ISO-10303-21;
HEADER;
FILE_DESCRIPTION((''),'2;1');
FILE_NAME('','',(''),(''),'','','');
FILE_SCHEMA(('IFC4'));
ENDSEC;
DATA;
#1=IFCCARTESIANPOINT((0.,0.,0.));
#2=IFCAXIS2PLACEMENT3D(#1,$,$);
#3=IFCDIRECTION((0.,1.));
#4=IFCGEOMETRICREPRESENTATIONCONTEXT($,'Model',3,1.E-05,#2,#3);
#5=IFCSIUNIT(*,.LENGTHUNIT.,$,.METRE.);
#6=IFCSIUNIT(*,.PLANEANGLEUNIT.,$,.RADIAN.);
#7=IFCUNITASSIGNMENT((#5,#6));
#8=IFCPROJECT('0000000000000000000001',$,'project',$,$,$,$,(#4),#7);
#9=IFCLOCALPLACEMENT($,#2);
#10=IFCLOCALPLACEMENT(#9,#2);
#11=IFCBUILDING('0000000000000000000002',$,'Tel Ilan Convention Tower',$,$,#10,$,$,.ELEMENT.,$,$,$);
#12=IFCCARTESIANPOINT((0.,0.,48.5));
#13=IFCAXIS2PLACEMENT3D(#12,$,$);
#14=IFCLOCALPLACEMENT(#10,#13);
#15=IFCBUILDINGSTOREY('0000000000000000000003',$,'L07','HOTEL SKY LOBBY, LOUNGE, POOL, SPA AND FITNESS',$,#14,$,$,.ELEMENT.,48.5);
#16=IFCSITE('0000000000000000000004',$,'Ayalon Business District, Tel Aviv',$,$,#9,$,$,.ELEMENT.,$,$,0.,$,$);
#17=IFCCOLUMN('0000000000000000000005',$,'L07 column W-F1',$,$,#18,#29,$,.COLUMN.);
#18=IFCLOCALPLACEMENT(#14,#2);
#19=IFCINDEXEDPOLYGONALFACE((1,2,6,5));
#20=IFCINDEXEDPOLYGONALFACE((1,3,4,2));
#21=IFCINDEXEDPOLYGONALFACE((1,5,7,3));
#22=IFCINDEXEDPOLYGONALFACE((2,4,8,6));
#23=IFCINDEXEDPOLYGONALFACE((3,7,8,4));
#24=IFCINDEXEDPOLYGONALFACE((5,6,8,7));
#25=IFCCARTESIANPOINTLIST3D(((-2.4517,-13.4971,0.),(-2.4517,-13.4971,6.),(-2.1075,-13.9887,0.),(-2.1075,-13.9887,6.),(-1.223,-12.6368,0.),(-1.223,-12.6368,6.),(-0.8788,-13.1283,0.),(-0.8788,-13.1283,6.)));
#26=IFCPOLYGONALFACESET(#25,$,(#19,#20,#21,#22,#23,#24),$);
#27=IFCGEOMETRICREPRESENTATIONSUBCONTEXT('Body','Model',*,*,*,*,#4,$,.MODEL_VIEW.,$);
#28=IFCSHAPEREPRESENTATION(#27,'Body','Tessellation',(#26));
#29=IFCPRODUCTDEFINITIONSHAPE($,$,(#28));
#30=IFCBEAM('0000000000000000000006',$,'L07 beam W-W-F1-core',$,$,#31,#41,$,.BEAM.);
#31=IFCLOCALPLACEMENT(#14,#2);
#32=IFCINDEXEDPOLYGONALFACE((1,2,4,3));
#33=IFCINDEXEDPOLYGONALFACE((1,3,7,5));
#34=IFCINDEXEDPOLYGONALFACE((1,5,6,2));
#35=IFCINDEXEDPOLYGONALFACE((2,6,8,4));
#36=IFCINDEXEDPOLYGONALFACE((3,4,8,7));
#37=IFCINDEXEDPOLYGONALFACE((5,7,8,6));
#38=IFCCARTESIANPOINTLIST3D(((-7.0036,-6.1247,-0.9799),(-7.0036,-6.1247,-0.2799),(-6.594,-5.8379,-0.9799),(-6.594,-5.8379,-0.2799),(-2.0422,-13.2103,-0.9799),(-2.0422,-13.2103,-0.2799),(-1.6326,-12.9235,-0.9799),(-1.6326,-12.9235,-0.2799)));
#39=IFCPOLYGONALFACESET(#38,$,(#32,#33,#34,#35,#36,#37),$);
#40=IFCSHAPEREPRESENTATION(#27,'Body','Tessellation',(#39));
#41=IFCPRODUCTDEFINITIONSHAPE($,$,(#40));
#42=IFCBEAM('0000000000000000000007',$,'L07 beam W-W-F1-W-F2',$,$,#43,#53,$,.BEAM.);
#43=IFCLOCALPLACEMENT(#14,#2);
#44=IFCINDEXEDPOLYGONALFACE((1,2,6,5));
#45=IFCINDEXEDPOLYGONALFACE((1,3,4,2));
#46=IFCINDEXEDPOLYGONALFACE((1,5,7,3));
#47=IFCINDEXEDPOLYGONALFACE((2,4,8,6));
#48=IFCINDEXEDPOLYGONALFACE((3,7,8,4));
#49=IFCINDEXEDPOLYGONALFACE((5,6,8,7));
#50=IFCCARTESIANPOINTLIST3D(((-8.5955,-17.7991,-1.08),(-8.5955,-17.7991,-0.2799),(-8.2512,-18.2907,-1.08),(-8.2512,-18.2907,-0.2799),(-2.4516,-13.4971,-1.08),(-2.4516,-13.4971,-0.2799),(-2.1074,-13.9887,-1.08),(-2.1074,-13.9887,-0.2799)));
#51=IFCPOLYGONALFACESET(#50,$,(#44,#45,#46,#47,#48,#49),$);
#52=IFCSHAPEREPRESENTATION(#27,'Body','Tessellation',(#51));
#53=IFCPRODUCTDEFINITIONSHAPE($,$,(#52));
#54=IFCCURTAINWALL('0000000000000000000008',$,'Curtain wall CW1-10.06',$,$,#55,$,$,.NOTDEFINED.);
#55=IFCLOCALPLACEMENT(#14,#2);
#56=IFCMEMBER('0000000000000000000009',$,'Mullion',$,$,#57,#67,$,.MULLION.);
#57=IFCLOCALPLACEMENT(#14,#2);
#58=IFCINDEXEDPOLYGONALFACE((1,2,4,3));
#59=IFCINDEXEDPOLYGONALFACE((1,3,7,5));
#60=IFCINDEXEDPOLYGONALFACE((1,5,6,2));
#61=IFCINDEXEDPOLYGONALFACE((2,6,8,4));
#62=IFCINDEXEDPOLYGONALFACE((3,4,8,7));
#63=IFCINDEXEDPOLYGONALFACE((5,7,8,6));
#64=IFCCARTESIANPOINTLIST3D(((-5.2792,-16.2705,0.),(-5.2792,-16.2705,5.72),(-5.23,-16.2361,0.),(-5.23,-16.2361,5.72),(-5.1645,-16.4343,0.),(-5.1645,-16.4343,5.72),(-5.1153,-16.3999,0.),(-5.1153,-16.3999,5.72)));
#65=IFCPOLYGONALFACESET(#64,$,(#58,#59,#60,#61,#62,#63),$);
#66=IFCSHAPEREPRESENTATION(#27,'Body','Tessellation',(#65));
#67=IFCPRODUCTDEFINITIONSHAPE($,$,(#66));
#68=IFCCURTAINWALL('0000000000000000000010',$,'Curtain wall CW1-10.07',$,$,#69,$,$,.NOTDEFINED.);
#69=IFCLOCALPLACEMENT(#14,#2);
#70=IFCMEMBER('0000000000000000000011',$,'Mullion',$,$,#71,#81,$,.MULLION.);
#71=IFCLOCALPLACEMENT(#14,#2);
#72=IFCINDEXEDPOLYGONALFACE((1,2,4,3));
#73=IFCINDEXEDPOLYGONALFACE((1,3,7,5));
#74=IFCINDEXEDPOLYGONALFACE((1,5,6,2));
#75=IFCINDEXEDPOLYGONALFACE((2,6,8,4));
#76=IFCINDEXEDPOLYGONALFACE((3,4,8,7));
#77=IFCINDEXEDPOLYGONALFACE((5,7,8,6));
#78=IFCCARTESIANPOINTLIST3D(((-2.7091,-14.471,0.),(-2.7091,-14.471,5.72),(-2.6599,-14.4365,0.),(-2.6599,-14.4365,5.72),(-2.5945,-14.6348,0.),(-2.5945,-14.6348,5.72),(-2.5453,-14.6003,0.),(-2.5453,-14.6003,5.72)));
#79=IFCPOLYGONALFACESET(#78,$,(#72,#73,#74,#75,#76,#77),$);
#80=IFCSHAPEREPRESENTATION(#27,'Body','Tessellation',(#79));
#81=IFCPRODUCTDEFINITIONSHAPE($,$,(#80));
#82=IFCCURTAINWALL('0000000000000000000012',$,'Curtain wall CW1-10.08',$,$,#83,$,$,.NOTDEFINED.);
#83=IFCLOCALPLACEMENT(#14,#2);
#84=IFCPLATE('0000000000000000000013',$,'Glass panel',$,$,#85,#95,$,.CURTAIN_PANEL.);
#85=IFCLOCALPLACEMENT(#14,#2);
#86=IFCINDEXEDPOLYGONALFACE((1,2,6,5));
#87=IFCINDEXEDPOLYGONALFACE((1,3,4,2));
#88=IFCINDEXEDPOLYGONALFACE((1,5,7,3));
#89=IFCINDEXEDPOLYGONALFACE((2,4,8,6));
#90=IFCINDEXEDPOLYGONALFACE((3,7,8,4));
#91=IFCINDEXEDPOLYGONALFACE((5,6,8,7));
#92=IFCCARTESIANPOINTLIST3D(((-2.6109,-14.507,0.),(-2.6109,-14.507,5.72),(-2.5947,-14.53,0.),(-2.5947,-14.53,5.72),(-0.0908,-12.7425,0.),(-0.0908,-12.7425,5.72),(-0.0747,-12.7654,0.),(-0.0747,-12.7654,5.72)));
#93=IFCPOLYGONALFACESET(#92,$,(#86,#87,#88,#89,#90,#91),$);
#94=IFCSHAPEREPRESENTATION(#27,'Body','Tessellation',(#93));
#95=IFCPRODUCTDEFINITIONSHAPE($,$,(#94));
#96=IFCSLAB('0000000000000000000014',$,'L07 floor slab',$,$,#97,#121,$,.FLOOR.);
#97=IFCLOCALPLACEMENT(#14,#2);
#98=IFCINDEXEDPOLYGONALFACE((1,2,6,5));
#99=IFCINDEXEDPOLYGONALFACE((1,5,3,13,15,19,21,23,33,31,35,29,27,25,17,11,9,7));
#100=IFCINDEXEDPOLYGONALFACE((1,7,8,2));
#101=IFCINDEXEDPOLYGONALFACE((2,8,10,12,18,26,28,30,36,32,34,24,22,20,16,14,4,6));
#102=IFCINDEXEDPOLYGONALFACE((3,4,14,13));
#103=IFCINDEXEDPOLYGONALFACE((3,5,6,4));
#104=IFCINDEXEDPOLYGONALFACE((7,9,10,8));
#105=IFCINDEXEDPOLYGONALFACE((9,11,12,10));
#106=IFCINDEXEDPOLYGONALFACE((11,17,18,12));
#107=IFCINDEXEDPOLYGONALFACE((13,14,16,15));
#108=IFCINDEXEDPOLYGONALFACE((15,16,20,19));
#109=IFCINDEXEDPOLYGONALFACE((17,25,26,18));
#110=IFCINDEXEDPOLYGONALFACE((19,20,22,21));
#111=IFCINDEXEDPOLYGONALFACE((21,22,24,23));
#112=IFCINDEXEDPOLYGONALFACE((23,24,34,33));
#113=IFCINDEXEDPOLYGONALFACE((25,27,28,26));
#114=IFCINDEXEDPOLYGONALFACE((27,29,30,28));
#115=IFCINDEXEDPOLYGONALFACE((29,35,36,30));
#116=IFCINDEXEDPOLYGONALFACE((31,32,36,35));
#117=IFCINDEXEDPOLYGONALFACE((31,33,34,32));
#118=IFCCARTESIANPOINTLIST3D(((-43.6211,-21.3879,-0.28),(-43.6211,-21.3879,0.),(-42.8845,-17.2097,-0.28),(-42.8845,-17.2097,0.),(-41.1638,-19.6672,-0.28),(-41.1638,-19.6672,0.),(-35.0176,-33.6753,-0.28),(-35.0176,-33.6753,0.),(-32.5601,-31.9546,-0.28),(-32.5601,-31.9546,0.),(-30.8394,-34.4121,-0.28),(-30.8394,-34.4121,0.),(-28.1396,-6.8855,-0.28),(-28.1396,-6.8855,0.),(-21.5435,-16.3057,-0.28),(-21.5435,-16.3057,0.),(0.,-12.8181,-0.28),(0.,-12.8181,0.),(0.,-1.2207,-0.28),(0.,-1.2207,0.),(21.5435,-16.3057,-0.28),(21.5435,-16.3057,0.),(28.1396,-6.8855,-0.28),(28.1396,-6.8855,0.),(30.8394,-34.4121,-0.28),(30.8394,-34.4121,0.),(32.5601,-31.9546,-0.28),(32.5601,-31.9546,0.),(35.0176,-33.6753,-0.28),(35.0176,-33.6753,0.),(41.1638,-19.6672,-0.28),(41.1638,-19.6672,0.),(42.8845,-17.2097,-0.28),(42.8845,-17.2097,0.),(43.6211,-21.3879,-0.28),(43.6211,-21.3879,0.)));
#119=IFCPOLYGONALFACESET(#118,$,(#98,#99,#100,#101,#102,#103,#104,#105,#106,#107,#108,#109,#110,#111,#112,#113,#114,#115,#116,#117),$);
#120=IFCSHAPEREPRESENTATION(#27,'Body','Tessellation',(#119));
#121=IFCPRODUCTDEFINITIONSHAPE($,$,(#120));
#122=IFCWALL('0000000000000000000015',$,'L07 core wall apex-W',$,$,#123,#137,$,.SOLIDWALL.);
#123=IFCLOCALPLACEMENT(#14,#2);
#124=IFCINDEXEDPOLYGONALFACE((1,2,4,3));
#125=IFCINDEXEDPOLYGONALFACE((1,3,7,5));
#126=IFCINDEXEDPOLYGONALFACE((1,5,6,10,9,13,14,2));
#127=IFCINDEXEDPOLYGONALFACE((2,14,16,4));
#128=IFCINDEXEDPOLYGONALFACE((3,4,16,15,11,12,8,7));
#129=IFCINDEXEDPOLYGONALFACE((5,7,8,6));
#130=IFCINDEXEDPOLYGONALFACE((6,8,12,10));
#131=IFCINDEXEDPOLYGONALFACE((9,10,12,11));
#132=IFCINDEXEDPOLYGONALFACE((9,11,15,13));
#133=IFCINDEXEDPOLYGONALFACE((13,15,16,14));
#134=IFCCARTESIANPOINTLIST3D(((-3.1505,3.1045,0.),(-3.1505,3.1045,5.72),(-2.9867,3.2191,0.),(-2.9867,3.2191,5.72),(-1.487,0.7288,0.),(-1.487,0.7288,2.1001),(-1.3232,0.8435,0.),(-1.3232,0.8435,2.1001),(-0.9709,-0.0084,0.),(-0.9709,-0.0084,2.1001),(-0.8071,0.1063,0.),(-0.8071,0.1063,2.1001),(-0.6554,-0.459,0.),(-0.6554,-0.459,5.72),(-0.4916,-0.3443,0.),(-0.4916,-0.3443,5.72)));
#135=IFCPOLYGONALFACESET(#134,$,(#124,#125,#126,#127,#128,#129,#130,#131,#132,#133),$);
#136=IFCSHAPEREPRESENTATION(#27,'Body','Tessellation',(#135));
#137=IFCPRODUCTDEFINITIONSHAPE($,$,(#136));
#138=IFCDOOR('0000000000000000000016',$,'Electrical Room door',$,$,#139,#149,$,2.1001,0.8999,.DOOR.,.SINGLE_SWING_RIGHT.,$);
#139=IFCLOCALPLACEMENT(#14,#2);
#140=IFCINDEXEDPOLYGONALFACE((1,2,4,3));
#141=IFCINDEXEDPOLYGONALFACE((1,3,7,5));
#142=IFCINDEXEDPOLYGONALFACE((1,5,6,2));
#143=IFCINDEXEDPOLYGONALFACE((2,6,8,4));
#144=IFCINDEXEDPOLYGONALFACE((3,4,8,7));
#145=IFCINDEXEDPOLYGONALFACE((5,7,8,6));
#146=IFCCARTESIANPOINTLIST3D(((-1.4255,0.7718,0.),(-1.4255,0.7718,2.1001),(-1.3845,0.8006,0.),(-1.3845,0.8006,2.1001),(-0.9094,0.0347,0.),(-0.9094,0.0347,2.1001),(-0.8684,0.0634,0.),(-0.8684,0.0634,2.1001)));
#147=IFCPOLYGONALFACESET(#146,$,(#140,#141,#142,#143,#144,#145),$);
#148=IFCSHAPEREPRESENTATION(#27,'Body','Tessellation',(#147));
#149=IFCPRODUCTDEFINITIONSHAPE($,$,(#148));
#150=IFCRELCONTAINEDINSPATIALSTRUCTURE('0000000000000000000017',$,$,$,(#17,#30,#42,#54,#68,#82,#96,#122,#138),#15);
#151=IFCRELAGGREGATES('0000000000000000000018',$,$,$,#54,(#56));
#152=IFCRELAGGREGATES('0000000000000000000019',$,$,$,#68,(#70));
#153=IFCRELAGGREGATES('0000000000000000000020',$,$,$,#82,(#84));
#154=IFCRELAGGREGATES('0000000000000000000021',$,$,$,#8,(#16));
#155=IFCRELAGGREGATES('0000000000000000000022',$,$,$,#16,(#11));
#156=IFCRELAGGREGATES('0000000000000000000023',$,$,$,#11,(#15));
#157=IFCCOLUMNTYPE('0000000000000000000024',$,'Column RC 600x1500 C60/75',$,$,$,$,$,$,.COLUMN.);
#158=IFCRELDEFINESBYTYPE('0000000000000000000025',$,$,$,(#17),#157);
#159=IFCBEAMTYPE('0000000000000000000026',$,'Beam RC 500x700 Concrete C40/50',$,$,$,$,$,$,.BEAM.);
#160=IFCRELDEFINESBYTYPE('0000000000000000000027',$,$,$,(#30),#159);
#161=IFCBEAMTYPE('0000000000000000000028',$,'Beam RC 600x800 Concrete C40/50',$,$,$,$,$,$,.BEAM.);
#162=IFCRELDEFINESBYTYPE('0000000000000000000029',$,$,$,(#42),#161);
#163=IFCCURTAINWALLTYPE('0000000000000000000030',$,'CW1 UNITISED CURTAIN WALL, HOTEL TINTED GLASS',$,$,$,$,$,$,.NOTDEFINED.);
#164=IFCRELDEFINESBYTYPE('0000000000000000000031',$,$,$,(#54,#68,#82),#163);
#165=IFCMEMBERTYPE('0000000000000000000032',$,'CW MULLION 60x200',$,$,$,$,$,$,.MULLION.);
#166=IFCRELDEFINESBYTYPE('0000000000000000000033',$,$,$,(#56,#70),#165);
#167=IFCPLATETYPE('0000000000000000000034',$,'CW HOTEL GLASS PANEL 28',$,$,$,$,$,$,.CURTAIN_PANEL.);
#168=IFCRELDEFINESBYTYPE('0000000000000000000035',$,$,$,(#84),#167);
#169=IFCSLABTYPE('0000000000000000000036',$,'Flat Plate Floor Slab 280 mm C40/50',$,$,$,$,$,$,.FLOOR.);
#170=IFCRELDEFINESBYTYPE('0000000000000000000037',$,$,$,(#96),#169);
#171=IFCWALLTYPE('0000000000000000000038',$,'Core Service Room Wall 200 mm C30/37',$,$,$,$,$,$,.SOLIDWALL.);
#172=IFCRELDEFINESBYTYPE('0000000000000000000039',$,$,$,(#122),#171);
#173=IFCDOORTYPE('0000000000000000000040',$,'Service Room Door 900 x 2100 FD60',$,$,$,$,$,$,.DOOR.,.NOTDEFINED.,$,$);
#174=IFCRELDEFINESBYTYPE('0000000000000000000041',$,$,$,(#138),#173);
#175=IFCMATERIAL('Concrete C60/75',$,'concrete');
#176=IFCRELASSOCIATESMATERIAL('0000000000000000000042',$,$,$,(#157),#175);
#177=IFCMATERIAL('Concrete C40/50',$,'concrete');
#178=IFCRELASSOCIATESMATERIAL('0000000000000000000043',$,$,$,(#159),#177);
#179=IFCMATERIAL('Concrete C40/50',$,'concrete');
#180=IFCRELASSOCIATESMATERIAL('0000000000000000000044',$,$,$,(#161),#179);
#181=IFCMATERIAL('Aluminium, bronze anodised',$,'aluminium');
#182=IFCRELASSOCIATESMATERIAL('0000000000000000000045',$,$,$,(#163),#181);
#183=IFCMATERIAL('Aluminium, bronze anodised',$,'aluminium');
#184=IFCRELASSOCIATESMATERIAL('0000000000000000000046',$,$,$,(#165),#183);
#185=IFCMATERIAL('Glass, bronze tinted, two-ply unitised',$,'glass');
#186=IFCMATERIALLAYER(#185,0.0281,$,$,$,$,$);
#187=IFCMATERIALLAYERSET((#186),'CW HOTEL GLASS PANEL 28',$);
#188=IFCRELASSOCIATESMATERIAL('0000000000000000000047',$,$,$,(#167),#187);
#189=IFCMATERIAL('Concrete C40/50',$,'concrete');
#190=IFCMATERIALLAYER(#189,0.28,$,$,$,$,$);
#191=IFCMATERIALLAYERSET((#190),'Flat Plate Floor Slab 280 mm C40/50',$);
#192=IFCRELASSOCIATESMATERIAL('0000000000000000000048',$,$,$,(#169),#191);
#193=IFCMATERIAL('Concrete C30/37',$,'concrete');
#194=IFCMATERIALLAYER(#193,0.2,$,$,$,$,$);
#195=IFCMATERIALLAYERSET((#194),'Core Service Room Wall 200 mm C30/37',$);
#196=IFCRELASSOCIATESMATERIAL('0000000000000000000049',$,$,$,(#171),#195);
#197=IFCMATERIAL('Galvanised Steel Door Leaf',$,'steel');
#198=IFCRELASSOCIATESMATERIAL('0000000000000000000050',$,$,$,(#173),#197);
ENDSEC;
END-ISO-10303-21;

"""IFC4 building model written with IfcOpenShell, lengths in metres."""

from ifc_helpers import new_model, si_unit, direction, frame, frame_2d, origin, origin_2d, place, context, subcontext, project, spatial, polyline, rectangle, outline, extrude, material, layer, layer_set, material_profile, profile_set, type_object, element, fill, aggregate, save


model = new_model("IFC4")

# Units and contexts
model_context = context("Model", 3, precision=1e-05, world=origin(), true_north=direction((0.0, 1.0)))
body_context = subcontext(model_context, "Body", "Model", "MODEL_VIEW")
ifc_project = project(units=[si_unit("LENGTHUNIT", "METRE"), si_unit("PLANEANGLEUNIT", "RADIAN")], contexts=[model_context])

# Site, building, storey
site_placement = place(None, origin())
site = spatial("IfcSite", under=ifc_project, at=site_placement, Name="Ayalon Business District, Tel Aviv", CompositionType="ELEMENT", RefElevation=0.0)
building_placement = place(site_placement, origin())
building = spatial("IfcBuilding", under=site, at=building_placement, Name="Tel Ilan Convention Tower", CompositionType="ELEMENT")
storey_placement = place(building_placement, frame((0.0, 0.0, 48.5)))
storey = spatial("IfcBuildingStorey", under=building, at=storey_placement, Name="L07", Description="HOTEL SKY LOBBY, LOUNGE, POOL, SPA AND FITNESS", CompositionType="ELEMENT", Elevation=48.5)

# Column
ifc_material_1 = material(Name="Concrete C60/75", Category="concrete")
ifc_material_profile_1 = material_profile(ifc_material_1, rectangle(XDim=1.5, YDim=0.6001, at=origin_2d()), Name="RC 600x1500")
ifc_profile_set_1 = profile_set([ifc_material_profile_1], Name="Concrete C60/75")
column_type = type_object("IfcColumnType", Name="Column RC 600x1500 C60/75", PredefinedType="COLUMN", material=ifc_profile_set_1)
column_placement = place(storey_placement, frame((-1.6653, -13.3127, 0.0), z_axis=(0.0, 0.0, 1.0), x_axis=(-0.819152, -0.573576, 0.0)))
element("IfcColumn", 1, at=column_placement, inside=storey, type_object=column_type, Name="L07 column W-F1", PredefinedType="COLUMN", context=body_context, shape_type="SweptSolid", body=[
    extrude(rectangle(XDim=1.5, YDim=0.6001, at=origin_2d()), origin(), (0.0, 0.0, 1.0), 6.0),
])

# Beams
ifc_material_2 = material(Name="Concrete C40/50", Category="concrete")
ifc_material_profile_2 = material_profile(ifc_material_2, rectangle(XDim=0.5, YDim=0.7, at=origin_2d()), Name="RC 500x700")
ifc_profile_set_2 = profile_set([ifc_material_profile_2], Name="Concrete C40/50")
beam_type_1 = type_object("IfcBeamType", Name="Beam RC 500x700 Concrete C40/50", PredefinedType="BEAM", material=ifc_profile_set_2)
beam_1_placement = place(storey_placement, frame((-1.8374, -13.0669, -0.6299), z_axis=(-0.573574, 0.819154, 0.0), x_axis=(-0.819154, -0.573574, 0.0)))
element("IfcBeam", 2, at=beam_1_placement, inside=storey, type_object=beam_type_1, Name="L07 beam W-W-F1-core", PredefinedType="BEAM", context=body_context, shape_type="SweptSolid", body=[
    extrude(rectangle(XDim=0.5, YDim=0.7, at=origin_2d()), origin(), (0.0, 0.0, 1.0), 8.6499),
])
ifc_material_3 = material(Name="Concrete C40/50", Category="concrete")
ifc_material_profile_3 = material_profile(ifc_material_3, rectangle(XDim=0.6001, YDim=0.8, at=origin_2d()), Name="RC 600x800")
ifc_profile_set_3 = profile_set([ifc_material_profile_3], Name="Concrete C40/50")
beam_type_2 = type_object("IfcBeamType", Name="Beam RC 600x800 Concrete C40/50", PredefinedType="BEAM", material=ifc_profile_set_3)
beam_2_placement = place(storey_placement, frame((-2.2795, -13.7429, -0.6799), z_axis=(-0.819148, -0.573582, 0.0), x_axis=(0.573582, -0.819148, 0.0)))
element("IfcBeam", 3, at=beam_2_placement, inside=storey, type_object=beam_type_2, Name="L07 beam W-W-F1-W-F2", PredefinedType="BEAM", context=body_context, shape_type="SweptSolid", body=[
    extrude(rectangle(XDim=0.6001, YDim=0.8, at=origin_2d()), origin(), (0.0, 0.0, 1.0), 7.5002),
])

# Curtain walls, members
ifc_material_4 = material(Name="Aluminium, bronze anodised", Category="aluminium")
curtain_wall_type = type_object("IfcCurtainWallType", Name="CW1 UNITISED CURTAIN WALL, HOTEL TINTED GLASS", PredefinedType="NOTDEFINED", material=ifc_material_4)
curtain_wall_1_placement = place(storey_placement, origin())
curtain_wall_1 = element("IfcCurtainWall", 4, at=curtain_wall_1_placement, inside=storey, type_object=curtain_wall_type, Name="Curtain wall CW1-10.06", PredefinedType="NOTDEFINED")
ifc_material_5 = material(Name="Aluminium, bronze anodised", Category="aluminium")
ifc_material_profile_4 = material_profile(ifc_material_5, rectangle(XDim=0.0601, YDim=0.2, at=origin_2d()), Name="CW MULLION 60x200")
ifc_profile_set_4 = profile_set([ifc_material_profile_4], Name="Aluminium, bronze anodised")
member_type = type_object("IfcMemberType", Name="CW MULLION 60x200", PredefinedType="MULLION", material=ifc_profile_set_4)
member_1_placement = place(storey_placement, frame((-5.1973, -16.3352, 0.0), z_axis=(0.0, 0.0, 1.0), x_axis=(0.819152, 0.573576, 0.0)))
member_1 = element("IfcMember", 5, at=member_1_placement, type_object=member_type, Name="Mullion", PredefinedType="MULLION", context=body_context, shape_type="SweptSolid", body=[
    extrude(rectangle(XDim=0.0601, YDim=0.2, at=origin_2d()), origin(), (0.0, 0.0, 1.0), 5.72),
])
aggregate(curtain_wall_1, [member_1])
curtain_wall_2_placement = place(storey_placement, origin())
curtain_wall_2 = element("IfcCurtainWall", 6, at=curtain_wall_2_placement, inside=storey, type_object=curtain_wall_type, Name="Curtain wall CW1-10.07", PredefinedType="NOTDEFINED")
member_2_placement = place(storey_placement, frame((-2.6272, -14.5356, 0.0), z_axis=(0.0, 0.0, 1.0), x_axis=(0.819152, 0.573576, 0.0)))
member_2 = element("IfcMember", 7, at=member_2_placement, type_object=member_type, Name="Mullion", PredefinedType="MULLION", context=body_context, shape_type="SweptSolid", body=[
    extrude(rectangle(XDim=0.0601, YDim=0.2, at=origin_2d()), origin(), (0.0, 0.0, 1.0), 5.72),
])
aggregate(curtain_wall_2, [member_2])

# Curtain wall, plate
curtain_wall_3_placement = place(storey_placement, origin())
curtain_wall_3 = element("IfcCurtainWall", 8, at=curtain_wall_3_placement, inside=storey, type_object=curtain_wall_type, Name="Curtain wall CW1-10.08", PredefinedType="NOTDEFINED")
ifc_material_6 = material(Name="Glass, bronze tinted, two-ply unitised", Category="glass")
ifc_layer_1 = layer(ifc_material_6, 0.0281)
ifc_layer_set_1 = layer_set([ifc_layer_1], Name="CW HOTEL GLASS PANEL 28")
plate_type = type_object("IfcPlateType", Name="CW HOTEL GLASS PANEL 28", PredefinedType="CURTAIN_PANEL", material=ifc_layer_set_1)
plate_placement = place(storey_placement, frame((-1.3428, -13.6362, 0.0), z_axis=(0.0, 0.0, 1.0), x_axis=(0.819152, 0.573576, 0.0)))
plate = element("IfcPlate", 9, at=plate_placement, type_object=plate_type, Name="Glass panel", PredefinedType="CURTAIN_PANEL", context=body_context, shape_type="SweptSolid", body=[
    extrude(rectangle(XDim=3.0764, YDim=0.0281, at=origin_2d()), origin(), (0.0, 0.0, 1.0), 5.72),
])
aggregate(curtain_wall_3, [plate])

# Slab
ifc_material_7 = material(Name="Concrete C40/50", Category="concrete")
ifc_layer_2 = layer(ifc_material_7, 0.28)
ifc_layer_set_2 = layer_set([ifc_layer_2], Name="Flat Plate Floor Slab 280 mm C40/50")
slab_type = type_object("IfcSlabType", Name="Flat Plate Floor Slab 280 mm C40/50", PredefinedType="FLOOR", material=ifc_layer_set_2)
slab_placement = place(storey_placement, frame((0.0, 0.0, -0.28)))
element("IfcSlab", 10, at=slab_placement, inside=storey, type_object=slab_type, Name="L07 floor slab", PredefinedType="FLOOR", context=body_context, shape_type="SweptSolid", body=[
    extrude(outline(polyline([(-21.5435, -16.3057), (0.0, -1.2207), (21.5435, -16.3057), (28.1396, -6.8855), (42.8845, -17.2097), (41.1638, -19.6672), (43.6211, -21.3879), (35.0176, -33.6753), (32.5601, -31.9546), (30.8394, -34.4121), (0.0, -12.8181), (-30.8394, -34.4121), (-32.5601, -31.9546), (-35.0176, -33.6753), (-43.6211, -21.3879), (-41.1638, -19.6672), (-42.8845, -17.2097), (-28.1396, -6.8855), (-21.5435, -16.3057)])), origin(), (0.0, 0.0, 1.0), 0.28),
])

# Wall, opening, door
ifc_material_8 = material(Name="Concrete C30/37", Category="concrete")
ifc_layer_3 = layer(ifc_material_8, 0.2)
ifc_layer_set_3 = layer_set([ifc_layer_3], Name="Core Service Room Wall 200 mm C30/37")
wall_type_1 = type_object("IfcWallType", Name="Core Service Room Wall 200 mm C30/37", PredefinedType="SOLIDWALL", material=ifc_layer_set_3)
wall_1_placement = place(storey_placement, frame((-0.5735, -0.4016, 0.0), z_axis=(0.0, 0.0, 1.0), x_axis=(-0.573568, 0.819158, 0.0)))
wall_1 = element("IfcWall", 11, at=wall_1_placement, inside=storey, type_object=wall_type_1, Name="L07 core wall apex-W", PredefinedType="SOLIDWALL", context=body_context, shape_type="SweptSolid", body=[
    extrude(rectangle(XDim=4.3501, YDim=0.2, at=frame_2d((2.175, 0.0))), origin(), (0.0, 0.0, 1.0), 5.72),
])
opening_1_placement = place(wall_1_placement, frame((0.55, 0.0, 0.0)))
opening_1 = element("IfcOpeningElement", 12, at=opening_1_placement, cuts=wall_1, PredefinedType="OPENING", context=body_context, shape_type="SweptSolid", body=[
    extrude(rectangle(XDim=0.8999, YDim=2.1001, at=frame_2d((0.45, 1.05))), frame((0.0, 0.1099, 0.0), z_axis=(0.0, -1.0, 0.0), x_axis=(1.0, 0.0, 0.0)), (0.0, 0.0, 1.0), 0.22),
])
ifc_material_9 = material(Name="Galvanised Steel Door Leaf", Category="steel")
door_type_1 = type_object("IfcDoorType", Name="Service Room Door 900 x 2100 FD60", OperationType="NOTDEFINED", PredefinedType="DOOR", material=ifc_material_9)
door_1_placement = place(opening_1_placement, origin())
door_1 = element("IfcDoor", 13, at=door_1_placement, inside=storey, type_object=door_type_1, Name="Electrical Room door", OperationType="SINGLE_SWING_RIGHT", OverallHeight=2.1001, OverallWidth=0.8999, PredefinedType="DOOR", context=body_context, shape_type="SweptSolid", body=[
    extrude(rectangle(XDim=0.8999, YDim=2.1001, at=frame_2d((0.45, 1.05))), frame((0.0, 0.0249, 0.0), z_axis=(0.0, -1.0, 0.0), x_axis=(1.0, 0.0, 0.0)), (0.0, 0.0, 1.0), 0.05),
])
fill(opening_1, door_1)

save(model, "model.ifc")
